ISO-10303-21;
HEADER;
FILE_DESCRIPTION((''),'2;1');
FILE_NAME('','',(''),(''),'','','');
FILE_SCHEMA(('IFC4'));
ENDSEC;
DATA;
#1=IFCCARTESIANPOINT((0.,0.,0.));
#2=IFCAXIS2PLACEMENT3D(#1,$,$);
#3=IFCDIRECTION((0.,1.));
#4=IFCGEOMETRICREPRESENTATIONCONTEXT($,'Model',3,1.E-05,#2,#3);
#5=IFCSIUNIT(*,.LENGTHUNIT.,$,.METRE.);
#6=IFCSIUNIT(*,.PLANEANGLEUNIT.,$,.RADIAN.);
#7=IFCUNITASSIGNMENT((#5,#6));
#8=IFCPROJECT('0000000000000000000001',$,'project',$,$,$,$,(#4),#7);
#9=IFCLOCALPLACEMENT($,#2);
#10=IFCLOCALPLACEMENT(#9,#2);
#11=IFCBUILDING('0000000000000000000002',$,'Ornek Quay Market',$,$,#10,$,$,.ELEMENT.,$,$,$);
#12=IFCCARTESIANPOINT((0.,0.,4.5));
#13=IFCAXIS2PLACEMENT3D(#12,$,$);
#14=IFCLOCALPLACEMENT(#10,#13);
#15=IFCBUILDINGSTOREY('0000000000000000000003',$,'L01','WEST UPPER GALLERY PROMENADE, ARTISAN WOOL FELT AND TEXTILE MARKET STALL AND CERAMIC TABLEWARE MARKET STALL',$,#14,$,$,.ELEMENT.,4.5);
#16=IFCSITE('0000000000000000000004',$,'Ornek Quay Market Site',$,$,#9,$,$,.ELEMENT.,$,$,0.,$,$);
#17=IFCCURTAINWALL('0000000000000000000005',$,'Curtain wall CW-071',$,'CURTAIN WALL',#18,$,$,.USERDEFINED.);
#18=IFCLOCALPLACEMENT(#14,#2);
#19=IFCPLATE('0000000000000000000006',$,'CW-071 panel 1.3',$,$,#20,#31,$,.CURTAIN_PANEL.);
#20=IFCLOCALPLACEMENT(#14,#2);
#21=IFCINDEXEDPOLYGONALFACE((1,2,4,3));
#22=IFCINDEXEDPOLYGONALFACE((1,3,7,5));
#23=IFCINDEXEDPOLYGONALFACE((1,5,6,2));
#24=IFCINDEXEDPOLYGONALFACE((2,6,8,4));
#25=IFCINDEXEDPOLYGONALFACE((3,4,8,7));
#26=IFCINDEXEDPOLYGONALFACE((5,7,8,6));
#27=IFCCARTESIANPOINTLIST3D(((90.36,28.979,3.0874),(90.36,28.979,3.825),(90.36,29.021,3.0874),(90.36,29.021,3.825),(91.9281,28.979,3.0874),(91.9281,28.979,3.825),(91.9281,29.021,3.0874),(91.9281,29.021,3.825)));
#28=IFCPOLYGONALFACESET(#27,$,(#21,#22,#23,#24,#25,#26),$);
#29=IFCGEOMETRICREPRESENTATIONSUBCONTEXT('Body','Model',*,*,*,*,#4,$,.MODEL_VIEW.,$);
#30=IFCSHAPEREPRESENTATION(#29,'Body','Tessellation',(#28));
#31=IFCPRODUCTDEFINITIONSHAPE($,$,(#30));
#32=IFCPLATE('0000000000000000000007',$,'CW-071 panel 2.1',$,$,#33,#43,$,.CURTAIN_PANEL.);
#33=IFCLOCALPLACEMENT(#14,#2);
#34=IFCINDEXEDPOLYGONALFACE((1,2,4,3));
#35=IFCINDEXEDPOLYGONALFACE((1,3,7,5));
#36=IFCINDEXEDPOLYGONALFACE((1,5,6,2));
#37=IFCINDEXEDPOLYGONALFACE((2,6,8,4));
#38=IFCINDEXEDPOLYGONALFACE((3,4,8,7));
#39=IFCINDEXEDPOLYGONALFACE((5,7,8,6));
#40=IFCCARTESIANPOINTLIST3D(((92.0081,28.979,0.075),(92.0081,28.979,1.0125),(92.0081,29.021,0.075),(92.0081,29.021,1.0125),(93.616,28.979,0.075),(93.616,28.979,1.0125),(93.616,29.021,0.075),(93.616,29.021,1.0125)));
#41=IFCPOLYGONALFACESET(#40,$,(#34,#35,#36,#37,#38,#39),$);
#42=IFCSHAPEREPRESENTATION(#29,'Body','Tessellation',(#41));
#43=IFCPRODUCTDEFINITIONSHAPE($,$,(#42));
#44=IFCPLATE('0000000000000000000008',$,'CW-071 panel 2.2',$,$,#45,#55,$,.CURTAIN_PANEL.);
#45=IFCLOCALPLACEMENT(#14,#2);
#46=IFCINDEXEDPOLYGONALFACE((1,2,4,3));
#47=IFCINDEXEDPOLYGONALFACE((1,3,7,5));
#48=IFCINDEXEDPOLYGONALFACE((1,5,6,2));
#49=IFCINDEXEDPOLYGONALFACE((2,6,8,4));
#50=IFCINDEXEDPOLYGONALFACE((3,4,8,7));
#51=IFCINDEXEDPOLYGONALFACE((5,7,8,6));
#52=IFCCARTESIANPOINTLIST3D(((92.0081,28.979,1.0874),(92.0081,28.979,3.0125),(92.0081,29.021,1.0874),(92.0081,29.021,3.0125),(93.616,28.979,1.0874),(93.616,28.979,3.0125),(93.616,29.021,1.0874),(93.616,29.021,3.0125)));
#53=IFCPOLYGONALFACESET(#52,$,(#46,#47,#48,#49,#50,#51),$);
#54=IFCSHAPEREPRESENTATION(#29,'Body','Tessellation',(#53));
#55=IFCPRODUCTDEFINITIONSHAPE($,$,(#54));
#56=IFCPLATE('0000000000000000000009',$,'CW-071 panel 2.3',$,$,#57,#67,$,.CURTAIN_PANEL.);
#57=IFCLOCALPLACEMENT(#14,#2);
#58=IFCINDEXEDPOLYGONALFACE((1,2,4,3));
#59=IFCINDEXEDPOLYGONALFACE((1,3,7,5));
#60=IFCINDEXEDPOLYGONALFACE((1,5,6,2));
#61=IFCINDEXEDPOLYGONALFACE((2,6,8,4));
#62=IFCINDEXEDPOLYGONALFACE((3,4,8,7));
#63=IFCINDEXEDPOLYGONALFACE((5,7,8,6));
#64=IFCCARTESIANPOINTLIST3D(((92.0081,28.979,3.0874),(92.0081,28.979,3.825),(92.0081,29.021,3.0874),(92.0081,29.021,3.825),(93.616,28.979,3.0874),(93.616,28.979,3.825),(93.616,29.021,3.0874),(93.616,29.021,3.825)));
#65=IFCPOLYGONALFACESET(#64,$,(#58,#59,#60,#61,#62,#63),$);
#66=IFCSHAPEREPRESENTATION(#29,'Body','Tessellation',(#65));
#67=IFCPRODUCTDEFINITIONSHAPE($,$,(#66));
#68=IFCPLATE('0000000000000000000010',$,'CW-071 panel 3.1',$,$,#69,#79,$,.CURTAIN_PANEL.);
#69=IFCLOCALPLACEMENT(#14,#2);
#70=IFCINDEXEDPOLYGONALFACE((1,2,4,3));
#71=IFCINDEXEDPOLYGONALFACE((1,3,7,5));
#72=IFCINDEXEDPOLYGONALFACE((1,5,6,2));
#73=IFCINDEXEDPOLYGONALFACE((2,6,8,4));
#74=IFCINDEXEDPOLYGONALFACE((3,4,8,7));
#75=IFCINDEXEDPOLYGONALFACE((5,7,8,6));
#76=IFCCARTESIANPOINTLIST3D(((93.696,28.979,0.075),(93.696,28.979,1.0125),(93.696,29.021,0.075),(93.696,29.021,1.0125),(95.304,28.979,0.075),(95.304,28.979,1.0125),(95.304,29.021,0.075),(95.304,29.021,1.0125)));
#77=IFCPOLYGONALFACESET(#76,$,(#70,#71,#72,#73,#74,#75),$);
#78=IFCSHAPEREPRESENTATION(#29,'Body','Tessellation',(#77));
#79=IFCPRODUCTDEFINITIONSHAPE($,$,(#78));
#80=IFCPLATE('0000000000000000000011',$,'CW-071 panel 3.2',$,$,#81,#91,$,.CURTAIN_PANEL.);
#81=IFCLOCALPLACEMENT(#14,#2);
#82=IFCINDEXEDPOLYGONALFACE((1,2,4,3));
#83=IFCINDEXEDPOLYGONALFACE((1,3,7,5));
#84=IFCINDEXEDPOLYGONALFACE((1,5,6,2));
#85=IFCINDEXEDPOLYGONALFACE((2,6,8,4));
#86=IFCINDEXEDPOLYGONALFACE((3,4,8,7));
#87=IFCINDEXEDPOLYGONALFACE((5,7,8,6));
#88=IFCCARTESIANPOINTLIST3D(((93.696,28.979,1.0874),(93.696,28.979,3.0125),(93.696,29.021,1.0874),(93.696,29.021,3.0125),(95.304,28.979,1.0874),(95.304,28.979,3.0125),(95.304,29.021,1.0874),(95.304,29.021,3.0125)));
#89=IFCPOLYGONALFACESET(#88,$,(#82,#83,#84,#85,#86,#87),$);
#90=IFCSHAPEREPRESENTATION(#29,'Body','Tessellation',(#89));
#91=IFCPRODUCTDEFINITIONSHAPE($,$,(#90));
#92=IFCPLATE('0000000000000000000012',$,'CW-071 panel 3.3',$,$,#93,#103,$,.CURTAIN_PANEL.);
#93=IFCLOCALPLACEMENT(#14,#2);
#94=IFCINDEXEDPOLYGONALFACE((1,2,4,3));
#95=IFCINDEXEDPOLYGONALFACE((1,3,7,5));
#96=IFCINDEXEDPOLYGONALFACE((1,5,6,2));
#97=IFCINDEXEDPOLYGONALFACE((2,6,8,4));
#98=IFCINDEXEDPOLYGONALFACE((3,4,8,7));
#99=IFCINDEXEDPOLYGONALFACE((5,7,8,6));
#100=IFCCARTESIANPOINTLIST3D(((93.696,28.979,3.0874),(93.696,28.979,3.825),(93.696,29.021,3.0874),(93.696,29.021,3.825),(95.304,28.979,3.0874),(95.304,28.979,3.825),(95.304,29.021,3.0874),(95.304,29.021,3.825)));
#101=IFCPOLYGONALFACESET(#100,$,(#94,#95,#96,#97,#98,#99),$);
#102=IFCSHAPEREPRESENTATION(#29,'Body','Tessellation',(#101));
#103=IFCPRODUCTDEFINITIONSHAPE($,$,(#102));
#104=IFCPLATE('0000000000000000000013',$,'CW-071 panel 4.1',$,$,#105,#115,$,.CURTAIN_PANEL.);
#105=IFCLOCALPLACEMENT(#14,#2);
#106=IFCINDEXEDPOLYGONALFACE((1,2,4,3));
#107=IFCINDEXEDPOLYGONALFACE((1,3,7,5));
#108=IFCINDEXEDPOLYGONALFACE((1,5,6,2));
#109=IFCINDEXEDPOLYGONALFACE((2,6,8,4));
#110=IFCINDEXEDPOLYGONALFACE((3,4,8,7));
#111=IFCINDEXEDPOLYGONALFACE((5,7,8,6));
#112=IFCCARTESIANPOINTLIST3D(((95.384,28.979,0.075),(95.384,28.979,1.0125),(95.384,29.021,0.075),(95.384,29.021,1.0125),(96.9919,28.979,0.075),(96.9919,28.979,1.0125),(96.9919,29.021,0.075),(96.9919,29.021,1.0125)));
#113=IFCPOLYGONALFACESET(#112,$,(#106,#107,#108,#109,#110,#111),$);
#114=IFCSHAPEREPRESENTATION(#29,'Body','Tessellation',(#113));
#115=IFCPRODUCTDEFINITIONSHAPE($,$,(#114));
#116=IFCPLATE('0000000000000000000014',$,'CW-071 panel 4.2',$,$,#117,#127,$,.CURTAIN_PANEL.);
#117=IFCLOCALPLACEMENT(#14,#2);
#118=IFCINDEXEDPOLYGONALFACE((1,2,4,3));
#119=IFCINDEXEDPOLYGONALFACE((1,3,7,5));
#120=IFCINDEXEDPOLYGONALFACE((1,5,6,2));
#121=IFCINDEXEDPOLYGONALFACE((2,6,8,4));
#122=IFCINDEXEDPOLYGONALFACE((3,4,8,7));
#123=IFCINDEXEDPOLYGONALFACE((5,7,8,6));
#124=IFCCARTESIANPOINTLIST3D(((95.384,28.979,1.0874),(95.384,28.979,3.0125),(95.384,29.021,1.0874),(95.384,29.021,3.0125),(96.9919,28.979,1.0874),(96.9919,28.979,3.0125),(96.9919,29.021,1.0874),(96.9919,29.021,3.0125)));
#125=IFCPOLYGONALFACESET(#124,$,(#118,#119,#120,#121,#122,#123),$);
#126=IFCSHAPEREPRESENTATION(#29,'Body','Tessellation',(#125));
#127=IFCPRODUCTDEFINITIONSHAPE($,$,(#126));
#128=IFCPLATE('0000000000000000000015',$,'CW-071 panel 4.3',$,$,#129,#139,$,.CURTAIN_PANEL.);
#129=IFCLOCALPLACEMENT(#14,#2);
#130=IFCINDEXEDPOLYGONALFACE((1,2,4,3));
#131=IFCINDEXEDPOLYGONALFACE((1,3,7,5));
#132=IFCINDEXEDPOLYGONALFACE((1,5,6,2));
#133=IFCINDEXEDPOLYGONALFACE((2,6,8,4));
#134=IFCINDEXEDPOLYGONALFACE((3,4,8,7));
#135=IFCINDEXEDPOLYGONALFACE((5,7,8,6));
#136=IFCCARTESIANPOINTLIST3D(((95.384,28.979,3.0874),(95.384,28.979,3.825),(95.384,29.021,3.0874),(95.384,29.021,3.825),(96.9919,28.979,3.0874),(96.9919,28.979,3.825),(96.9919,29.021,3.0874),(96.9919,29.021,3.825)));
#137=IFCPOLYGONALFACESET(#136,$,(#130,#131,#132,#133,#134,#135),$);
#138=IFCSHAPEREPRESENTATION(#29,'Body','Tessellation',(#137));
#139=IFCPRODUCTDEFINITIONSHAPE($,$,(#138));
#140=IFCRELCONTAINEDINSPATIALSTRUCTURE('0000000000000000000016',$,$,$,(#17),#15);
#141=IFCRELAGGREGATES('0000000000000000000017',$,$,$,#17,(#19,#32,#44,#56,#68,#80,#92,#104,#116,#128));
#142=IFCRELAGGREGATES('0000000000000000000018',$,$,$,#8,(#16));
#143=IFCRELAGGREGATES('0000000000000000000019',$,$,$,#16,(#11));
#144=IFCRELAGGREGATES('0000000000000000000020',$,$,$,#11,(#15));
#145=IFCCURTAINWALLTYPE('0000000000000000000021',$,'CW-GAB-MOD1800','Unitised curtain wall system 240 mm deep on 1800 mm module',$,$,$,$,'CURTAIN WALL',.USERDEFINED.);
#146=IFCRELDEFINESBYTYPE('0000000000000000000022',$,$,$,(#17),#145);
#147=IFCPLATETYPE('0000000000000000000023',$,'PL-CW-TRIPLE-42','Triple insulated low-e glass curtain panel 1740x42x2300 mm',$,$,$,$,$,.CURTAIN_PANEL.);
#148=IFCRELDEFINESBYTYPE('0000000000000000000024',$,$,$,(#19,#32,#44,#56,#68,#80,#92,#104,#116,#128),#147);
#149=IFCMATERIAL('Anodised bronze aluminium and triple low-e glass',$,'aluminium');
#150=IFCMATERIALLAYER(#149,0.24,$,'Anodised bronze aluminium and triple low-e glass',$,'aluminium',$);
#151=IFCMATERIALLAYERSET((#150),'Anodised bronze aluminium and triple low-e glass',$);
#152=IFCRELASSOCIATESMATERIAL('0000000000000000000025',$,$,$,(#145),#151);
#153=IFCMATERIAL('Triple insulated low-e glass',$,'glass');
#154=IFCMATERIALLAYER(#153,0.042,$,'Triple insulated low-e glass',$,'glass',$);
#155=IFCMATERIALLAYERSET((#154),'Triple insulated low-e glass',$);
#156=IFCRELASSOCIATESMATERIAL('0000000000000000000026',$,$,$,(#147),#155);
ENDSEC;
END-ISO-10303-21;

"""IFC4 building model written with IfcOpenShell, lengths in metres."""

from ifc_helpers import new_model, si_unit, direction, frame, origin, origin_2d, place, context, subcontext, project, spatial, rectangle, extrude, material, layer, layer_set, type_object, element, aggregate, save


model = new_model("IFC4")

# Units and contexts
model_context = context("Model", 3, precision=1e-05, world=origin(), true_north=direction((0.0, 1.0)))
body_context = subcontext(model_context, "Body", "Model", "MODEL_VIEW")
ifc_project = project(units=[si_unit("LENGTHUNIT", "METRE"), si_unit("PLANEANGLEUNIT", "RADIAN")], contexts=[model_context])

# Site, building, storey
site_placement = place(None, origin())
site = spatial("IfcSite", under=ifc_project, at=site_placement, Name="Ornek Quay Market Site", CompositionType="ELEMENT", RefElevation=0.0)
building_placement = place(site_placement, origin())
building = spatial("IfcBuilding", under=site, at=building_placement, Name="Ornek Quay Market", CompositionType="ELEMENT")
storey_placement = place(building_placement, frame((0.0, 0.0, 4.5)))
storey = spatial("IfcBuildingStorey", under=building, at=storey_placement, Name="L01", Description="WEST UPPER GALLERY PROMENADE, ARTISAN WOOL FELT AND TEXTILE MARKET STALL AND CERAMIC TABLEWARE MARKET STALL", CompositionType="ELEMENT", Elevation=4.5)

# Curtain wall, plates
ifc_material_1 = material(Name="Anodised bronze aluminium and triple low-e glass", Category="aluminium")
ifc_layer_1 = layer(ifc_material_1, 0.24, Name="Anodised bronze aluminium and triple low-e glass", Category="aluminium")
ifc_layer_set_1 = layer_set([ifc_layer_1], Name="Anodised bronze aluminium and triple low-e glass")
curtain_wall_type = type_object("IfcCurtainWallType", Name="CW-GAB-MOD1800", Description="Unitised curtain wall system 240 mm deep on 1800 mm module", ElementType="CURTAIN WALL", PredefinedType="USERDEFINED", material=ifc_layer_set_1)
curtain_wall_placement = place(storey_placement, origin())
curtain_wall = element("IfcCurtainWall", 1, at=curtain_wall_placement, inside=storey, type_object=curtain_wall_type, Name="Curtain wall CW-071", ObjectType="CURTAIN WALL", PredefinedType="USERDEFINED")
ifc_material_2 = material(Name="Triple insulated low-e glass", Category="glass")
ifc_layer_2 = layer(ifc_material_2, 0.042, Name="Triple insulated low-e glass", Category="glass")
ifc_layer_set_2 = layer_set([ifc_layer_2], Name="Triple insulated low-e glass")
plate_type = type_object("IfcPlateType", Name="PL-CW-TRIPLE-42", Description="Triple insulated low-e glass curtain panel 1740x42x2300 mm", PredefinedType="CURTAIN_PANEL", material=ifc_layer_set_2)
plate_1_placement = place(storey_placement, frame((91.144, 29.0, 3.0874), z_axis=(0.0, 0.0, 1.0), x_axis=(1.0, 0.0, 0.0)))
plate_1 = element("IfcPlate", 2, at=plate_1_placement, type_object=plate_type, Name="CW-071 panel 1.3", PredefinedType="CURTAIN_PANEL", context=body_context, shape_type="SweptSolid", body=[
    extrude(rectangle(XDim=1.5681, YDim=0.042, at=origin_2d()), origin(), (0.0, 0.0, 1.0), 0.7375),
])
plate_2_placement = place(storey_placement, frame((92.812, 29.0, 0.075), z_axis=(0.0, 0.0, 1.0), x_axis=(1.0, 0.0, 0.0)))
plate_2 = element("IfcPlate", 3, at=plate_2_placement, type_object=plate_type, Name="CW-071 panel 2.1", PredefinedType="CURTAIN_PANEL", context=body_context, shape_type="SweptSolid", body=[
    extrude(rectangle(XDim=1.6079, YDim=0.042, at=origin_2d()), origin(), (0.0, 0.0, 1.0), 0.9375),
])
plate_3_placement = place(storey_placement, frame((92.812, 29.0, 1.0874), z_axis=(0.0, 0.0, 1.0), x_axis=(1.0, 0.0, 0.0)))
plate_3 = element("IfcPlate", 4, at=plate_3_placement, type_object=plate_type, Name="CW-071 panel 2.2", PredefinedType="CURTAIN_PANEL", context=body_context, shape_type="SweptSolid", body=[
    extrude(rectangle(XDim=1.6079, YDim=0.042, at=origin_2d()), origin(), (0.0, 0.0, 1.0), 1.925),
])
plate_4_placement = place(storey_placement, frame((92.812, 29.0, 3.0874), z_axis=(0.0, 0.0, 1.0), x_axis=(1.0, 0.0, 0.0)))
plate_4 = element("IfcPlate", 5, at=plate_4_placement, type_object=plate_type, Name="CW-071 panel 2.3", PredefinedType="CURTAIN_PANEL", context=body_context, shape_type="SweptSolid", body=[
    extrude(rectangle(XDim=1.6079, YDim=0.042, at=origin_2d()), origin(), (0.0, 0.0, 1.0), 0.7375),
])
plate_5_placement = place(storey_placement, frame((94.5, 29.0, 0.075), z_axis=(0.0, 0.0, 1.0), x_axis=(1.0, 0.0, 0.0)))
plate_5 = element("IfcPlate", 6, at=plate_5_placement, type_object=plate_type, Name="CW-071 panel 3.1", PredefinedType="CURTAIN_PANEL", context=body_context, shape_type="SweptSolid", body=[
    extrude(rectangle(XDim=1.6079, YDim=0.042, at=origin_2d()), origin(), (0.0, 0.0, 1.0), 0.9375),
])
plate_6_placement = place(storey_placement, frame((94.5, 29.0, 1.0874), z_axis=(0.0, 0.0, 1.0), x_axis=(1.0, 0.0, 0.0)))
plate_6 = element("IfcPlate", 7, at=plate_6_placement, type_object=plate_type, Name="CW-071 panel 3.2", PredefinedType="CURTAIN_PANEL", context=body_context, shape_type="SweptSolid", body=[
    extrude(rectangle(XDim=1.6079, YDim=0.042, at=origin_2d()), origin(), (0.0, 0.0, 1.0), 1.925),
])
plate_7_placement = place(storey_placement, frame((94.5, 29.0, 3.0874), z_axis=(0.0, 0.0, 1.0), x_axis=(1.0, 0.0, 0.0)))
plate_7 = element("IfcPlate", 8, at=plate_7_placement, type_object=plate_type, Name="CW-071 panel 3.3", PredefinedType="CURTAIN_PANEL", context=body_context, shape_type="SweptSolid", body=[
    extrude(rectangle(XDim=1.6079, YDim=0.042, at=origin_2d()), origin(), (0.0, 0.0, 1.0), 0.7375),
])
plate_8_placement = place(storey_placement, frame((96.188, 29.0, 0.075), z_axis=(0.0, 0.0, 1.0), x_axis=(1.0, 0.0, 0.0)))
plate_8 = element("IfcPlate", 9, at=plate_8_placement, type_object=plate_type, Name="CW-071 panel 4.1", PredefinedType="CURTAIN_PANEL", context=body_context, shape_type="SweptSolid", body=[
    extrude(rectangle(XDim=1.6079, YDim=0.042, at=origin_2d()), origin(), (0.0, 0.0, 1.0), 0.9375),
])
plate_9_placement = place(storey_placement, frame((96.188, 29.0, 1.0874), z_axis=(0.0, 0.0, 1.0), x_axis=(1.0, 0.0, 0.0)))
plate_9 = element("IfcPlate", 10, at=plate_9_placement, type_object=plate_type, Name="CW-071 panel 4.2", PredefinedType="CURTAIN_PANEL", context=body_context, shape_type="SweptSolid", body=[
    extrude(rectangle(XDim=1.6079, YDim=0.042, at=origin_2d()), origin(), (0.0, 0.0, 1.0), 1.925),
])
plate_10_placement = place(storey_placement, frame((96.188, 29.0, 3.0874), z_axis=(0.0, 0.0, 1.0), x_axis=(1.0, 0.0, 0.0)))
plate_10 = element("IfcPlate", 11, at=plate_10_placement, type_object=plate_type, Name="CW-071 panel 4.3", PredefinedType="CURTAIN_PANEL", context=body_context, shape_type="SweptSolid", body=[
    extrude(rectangle(XDim=1.6079, YDim=0.042, at=origin_2d()), origin(), (0.0, 0.0, 1.0), 0.7375),
])
aggregate(curtain_wall, [plate_1, plate_2, plate_3, plate_4, plate_5, plate_6, plate_7, plate_8, plate_9, plate_10])

save(model, "model.ifc")
